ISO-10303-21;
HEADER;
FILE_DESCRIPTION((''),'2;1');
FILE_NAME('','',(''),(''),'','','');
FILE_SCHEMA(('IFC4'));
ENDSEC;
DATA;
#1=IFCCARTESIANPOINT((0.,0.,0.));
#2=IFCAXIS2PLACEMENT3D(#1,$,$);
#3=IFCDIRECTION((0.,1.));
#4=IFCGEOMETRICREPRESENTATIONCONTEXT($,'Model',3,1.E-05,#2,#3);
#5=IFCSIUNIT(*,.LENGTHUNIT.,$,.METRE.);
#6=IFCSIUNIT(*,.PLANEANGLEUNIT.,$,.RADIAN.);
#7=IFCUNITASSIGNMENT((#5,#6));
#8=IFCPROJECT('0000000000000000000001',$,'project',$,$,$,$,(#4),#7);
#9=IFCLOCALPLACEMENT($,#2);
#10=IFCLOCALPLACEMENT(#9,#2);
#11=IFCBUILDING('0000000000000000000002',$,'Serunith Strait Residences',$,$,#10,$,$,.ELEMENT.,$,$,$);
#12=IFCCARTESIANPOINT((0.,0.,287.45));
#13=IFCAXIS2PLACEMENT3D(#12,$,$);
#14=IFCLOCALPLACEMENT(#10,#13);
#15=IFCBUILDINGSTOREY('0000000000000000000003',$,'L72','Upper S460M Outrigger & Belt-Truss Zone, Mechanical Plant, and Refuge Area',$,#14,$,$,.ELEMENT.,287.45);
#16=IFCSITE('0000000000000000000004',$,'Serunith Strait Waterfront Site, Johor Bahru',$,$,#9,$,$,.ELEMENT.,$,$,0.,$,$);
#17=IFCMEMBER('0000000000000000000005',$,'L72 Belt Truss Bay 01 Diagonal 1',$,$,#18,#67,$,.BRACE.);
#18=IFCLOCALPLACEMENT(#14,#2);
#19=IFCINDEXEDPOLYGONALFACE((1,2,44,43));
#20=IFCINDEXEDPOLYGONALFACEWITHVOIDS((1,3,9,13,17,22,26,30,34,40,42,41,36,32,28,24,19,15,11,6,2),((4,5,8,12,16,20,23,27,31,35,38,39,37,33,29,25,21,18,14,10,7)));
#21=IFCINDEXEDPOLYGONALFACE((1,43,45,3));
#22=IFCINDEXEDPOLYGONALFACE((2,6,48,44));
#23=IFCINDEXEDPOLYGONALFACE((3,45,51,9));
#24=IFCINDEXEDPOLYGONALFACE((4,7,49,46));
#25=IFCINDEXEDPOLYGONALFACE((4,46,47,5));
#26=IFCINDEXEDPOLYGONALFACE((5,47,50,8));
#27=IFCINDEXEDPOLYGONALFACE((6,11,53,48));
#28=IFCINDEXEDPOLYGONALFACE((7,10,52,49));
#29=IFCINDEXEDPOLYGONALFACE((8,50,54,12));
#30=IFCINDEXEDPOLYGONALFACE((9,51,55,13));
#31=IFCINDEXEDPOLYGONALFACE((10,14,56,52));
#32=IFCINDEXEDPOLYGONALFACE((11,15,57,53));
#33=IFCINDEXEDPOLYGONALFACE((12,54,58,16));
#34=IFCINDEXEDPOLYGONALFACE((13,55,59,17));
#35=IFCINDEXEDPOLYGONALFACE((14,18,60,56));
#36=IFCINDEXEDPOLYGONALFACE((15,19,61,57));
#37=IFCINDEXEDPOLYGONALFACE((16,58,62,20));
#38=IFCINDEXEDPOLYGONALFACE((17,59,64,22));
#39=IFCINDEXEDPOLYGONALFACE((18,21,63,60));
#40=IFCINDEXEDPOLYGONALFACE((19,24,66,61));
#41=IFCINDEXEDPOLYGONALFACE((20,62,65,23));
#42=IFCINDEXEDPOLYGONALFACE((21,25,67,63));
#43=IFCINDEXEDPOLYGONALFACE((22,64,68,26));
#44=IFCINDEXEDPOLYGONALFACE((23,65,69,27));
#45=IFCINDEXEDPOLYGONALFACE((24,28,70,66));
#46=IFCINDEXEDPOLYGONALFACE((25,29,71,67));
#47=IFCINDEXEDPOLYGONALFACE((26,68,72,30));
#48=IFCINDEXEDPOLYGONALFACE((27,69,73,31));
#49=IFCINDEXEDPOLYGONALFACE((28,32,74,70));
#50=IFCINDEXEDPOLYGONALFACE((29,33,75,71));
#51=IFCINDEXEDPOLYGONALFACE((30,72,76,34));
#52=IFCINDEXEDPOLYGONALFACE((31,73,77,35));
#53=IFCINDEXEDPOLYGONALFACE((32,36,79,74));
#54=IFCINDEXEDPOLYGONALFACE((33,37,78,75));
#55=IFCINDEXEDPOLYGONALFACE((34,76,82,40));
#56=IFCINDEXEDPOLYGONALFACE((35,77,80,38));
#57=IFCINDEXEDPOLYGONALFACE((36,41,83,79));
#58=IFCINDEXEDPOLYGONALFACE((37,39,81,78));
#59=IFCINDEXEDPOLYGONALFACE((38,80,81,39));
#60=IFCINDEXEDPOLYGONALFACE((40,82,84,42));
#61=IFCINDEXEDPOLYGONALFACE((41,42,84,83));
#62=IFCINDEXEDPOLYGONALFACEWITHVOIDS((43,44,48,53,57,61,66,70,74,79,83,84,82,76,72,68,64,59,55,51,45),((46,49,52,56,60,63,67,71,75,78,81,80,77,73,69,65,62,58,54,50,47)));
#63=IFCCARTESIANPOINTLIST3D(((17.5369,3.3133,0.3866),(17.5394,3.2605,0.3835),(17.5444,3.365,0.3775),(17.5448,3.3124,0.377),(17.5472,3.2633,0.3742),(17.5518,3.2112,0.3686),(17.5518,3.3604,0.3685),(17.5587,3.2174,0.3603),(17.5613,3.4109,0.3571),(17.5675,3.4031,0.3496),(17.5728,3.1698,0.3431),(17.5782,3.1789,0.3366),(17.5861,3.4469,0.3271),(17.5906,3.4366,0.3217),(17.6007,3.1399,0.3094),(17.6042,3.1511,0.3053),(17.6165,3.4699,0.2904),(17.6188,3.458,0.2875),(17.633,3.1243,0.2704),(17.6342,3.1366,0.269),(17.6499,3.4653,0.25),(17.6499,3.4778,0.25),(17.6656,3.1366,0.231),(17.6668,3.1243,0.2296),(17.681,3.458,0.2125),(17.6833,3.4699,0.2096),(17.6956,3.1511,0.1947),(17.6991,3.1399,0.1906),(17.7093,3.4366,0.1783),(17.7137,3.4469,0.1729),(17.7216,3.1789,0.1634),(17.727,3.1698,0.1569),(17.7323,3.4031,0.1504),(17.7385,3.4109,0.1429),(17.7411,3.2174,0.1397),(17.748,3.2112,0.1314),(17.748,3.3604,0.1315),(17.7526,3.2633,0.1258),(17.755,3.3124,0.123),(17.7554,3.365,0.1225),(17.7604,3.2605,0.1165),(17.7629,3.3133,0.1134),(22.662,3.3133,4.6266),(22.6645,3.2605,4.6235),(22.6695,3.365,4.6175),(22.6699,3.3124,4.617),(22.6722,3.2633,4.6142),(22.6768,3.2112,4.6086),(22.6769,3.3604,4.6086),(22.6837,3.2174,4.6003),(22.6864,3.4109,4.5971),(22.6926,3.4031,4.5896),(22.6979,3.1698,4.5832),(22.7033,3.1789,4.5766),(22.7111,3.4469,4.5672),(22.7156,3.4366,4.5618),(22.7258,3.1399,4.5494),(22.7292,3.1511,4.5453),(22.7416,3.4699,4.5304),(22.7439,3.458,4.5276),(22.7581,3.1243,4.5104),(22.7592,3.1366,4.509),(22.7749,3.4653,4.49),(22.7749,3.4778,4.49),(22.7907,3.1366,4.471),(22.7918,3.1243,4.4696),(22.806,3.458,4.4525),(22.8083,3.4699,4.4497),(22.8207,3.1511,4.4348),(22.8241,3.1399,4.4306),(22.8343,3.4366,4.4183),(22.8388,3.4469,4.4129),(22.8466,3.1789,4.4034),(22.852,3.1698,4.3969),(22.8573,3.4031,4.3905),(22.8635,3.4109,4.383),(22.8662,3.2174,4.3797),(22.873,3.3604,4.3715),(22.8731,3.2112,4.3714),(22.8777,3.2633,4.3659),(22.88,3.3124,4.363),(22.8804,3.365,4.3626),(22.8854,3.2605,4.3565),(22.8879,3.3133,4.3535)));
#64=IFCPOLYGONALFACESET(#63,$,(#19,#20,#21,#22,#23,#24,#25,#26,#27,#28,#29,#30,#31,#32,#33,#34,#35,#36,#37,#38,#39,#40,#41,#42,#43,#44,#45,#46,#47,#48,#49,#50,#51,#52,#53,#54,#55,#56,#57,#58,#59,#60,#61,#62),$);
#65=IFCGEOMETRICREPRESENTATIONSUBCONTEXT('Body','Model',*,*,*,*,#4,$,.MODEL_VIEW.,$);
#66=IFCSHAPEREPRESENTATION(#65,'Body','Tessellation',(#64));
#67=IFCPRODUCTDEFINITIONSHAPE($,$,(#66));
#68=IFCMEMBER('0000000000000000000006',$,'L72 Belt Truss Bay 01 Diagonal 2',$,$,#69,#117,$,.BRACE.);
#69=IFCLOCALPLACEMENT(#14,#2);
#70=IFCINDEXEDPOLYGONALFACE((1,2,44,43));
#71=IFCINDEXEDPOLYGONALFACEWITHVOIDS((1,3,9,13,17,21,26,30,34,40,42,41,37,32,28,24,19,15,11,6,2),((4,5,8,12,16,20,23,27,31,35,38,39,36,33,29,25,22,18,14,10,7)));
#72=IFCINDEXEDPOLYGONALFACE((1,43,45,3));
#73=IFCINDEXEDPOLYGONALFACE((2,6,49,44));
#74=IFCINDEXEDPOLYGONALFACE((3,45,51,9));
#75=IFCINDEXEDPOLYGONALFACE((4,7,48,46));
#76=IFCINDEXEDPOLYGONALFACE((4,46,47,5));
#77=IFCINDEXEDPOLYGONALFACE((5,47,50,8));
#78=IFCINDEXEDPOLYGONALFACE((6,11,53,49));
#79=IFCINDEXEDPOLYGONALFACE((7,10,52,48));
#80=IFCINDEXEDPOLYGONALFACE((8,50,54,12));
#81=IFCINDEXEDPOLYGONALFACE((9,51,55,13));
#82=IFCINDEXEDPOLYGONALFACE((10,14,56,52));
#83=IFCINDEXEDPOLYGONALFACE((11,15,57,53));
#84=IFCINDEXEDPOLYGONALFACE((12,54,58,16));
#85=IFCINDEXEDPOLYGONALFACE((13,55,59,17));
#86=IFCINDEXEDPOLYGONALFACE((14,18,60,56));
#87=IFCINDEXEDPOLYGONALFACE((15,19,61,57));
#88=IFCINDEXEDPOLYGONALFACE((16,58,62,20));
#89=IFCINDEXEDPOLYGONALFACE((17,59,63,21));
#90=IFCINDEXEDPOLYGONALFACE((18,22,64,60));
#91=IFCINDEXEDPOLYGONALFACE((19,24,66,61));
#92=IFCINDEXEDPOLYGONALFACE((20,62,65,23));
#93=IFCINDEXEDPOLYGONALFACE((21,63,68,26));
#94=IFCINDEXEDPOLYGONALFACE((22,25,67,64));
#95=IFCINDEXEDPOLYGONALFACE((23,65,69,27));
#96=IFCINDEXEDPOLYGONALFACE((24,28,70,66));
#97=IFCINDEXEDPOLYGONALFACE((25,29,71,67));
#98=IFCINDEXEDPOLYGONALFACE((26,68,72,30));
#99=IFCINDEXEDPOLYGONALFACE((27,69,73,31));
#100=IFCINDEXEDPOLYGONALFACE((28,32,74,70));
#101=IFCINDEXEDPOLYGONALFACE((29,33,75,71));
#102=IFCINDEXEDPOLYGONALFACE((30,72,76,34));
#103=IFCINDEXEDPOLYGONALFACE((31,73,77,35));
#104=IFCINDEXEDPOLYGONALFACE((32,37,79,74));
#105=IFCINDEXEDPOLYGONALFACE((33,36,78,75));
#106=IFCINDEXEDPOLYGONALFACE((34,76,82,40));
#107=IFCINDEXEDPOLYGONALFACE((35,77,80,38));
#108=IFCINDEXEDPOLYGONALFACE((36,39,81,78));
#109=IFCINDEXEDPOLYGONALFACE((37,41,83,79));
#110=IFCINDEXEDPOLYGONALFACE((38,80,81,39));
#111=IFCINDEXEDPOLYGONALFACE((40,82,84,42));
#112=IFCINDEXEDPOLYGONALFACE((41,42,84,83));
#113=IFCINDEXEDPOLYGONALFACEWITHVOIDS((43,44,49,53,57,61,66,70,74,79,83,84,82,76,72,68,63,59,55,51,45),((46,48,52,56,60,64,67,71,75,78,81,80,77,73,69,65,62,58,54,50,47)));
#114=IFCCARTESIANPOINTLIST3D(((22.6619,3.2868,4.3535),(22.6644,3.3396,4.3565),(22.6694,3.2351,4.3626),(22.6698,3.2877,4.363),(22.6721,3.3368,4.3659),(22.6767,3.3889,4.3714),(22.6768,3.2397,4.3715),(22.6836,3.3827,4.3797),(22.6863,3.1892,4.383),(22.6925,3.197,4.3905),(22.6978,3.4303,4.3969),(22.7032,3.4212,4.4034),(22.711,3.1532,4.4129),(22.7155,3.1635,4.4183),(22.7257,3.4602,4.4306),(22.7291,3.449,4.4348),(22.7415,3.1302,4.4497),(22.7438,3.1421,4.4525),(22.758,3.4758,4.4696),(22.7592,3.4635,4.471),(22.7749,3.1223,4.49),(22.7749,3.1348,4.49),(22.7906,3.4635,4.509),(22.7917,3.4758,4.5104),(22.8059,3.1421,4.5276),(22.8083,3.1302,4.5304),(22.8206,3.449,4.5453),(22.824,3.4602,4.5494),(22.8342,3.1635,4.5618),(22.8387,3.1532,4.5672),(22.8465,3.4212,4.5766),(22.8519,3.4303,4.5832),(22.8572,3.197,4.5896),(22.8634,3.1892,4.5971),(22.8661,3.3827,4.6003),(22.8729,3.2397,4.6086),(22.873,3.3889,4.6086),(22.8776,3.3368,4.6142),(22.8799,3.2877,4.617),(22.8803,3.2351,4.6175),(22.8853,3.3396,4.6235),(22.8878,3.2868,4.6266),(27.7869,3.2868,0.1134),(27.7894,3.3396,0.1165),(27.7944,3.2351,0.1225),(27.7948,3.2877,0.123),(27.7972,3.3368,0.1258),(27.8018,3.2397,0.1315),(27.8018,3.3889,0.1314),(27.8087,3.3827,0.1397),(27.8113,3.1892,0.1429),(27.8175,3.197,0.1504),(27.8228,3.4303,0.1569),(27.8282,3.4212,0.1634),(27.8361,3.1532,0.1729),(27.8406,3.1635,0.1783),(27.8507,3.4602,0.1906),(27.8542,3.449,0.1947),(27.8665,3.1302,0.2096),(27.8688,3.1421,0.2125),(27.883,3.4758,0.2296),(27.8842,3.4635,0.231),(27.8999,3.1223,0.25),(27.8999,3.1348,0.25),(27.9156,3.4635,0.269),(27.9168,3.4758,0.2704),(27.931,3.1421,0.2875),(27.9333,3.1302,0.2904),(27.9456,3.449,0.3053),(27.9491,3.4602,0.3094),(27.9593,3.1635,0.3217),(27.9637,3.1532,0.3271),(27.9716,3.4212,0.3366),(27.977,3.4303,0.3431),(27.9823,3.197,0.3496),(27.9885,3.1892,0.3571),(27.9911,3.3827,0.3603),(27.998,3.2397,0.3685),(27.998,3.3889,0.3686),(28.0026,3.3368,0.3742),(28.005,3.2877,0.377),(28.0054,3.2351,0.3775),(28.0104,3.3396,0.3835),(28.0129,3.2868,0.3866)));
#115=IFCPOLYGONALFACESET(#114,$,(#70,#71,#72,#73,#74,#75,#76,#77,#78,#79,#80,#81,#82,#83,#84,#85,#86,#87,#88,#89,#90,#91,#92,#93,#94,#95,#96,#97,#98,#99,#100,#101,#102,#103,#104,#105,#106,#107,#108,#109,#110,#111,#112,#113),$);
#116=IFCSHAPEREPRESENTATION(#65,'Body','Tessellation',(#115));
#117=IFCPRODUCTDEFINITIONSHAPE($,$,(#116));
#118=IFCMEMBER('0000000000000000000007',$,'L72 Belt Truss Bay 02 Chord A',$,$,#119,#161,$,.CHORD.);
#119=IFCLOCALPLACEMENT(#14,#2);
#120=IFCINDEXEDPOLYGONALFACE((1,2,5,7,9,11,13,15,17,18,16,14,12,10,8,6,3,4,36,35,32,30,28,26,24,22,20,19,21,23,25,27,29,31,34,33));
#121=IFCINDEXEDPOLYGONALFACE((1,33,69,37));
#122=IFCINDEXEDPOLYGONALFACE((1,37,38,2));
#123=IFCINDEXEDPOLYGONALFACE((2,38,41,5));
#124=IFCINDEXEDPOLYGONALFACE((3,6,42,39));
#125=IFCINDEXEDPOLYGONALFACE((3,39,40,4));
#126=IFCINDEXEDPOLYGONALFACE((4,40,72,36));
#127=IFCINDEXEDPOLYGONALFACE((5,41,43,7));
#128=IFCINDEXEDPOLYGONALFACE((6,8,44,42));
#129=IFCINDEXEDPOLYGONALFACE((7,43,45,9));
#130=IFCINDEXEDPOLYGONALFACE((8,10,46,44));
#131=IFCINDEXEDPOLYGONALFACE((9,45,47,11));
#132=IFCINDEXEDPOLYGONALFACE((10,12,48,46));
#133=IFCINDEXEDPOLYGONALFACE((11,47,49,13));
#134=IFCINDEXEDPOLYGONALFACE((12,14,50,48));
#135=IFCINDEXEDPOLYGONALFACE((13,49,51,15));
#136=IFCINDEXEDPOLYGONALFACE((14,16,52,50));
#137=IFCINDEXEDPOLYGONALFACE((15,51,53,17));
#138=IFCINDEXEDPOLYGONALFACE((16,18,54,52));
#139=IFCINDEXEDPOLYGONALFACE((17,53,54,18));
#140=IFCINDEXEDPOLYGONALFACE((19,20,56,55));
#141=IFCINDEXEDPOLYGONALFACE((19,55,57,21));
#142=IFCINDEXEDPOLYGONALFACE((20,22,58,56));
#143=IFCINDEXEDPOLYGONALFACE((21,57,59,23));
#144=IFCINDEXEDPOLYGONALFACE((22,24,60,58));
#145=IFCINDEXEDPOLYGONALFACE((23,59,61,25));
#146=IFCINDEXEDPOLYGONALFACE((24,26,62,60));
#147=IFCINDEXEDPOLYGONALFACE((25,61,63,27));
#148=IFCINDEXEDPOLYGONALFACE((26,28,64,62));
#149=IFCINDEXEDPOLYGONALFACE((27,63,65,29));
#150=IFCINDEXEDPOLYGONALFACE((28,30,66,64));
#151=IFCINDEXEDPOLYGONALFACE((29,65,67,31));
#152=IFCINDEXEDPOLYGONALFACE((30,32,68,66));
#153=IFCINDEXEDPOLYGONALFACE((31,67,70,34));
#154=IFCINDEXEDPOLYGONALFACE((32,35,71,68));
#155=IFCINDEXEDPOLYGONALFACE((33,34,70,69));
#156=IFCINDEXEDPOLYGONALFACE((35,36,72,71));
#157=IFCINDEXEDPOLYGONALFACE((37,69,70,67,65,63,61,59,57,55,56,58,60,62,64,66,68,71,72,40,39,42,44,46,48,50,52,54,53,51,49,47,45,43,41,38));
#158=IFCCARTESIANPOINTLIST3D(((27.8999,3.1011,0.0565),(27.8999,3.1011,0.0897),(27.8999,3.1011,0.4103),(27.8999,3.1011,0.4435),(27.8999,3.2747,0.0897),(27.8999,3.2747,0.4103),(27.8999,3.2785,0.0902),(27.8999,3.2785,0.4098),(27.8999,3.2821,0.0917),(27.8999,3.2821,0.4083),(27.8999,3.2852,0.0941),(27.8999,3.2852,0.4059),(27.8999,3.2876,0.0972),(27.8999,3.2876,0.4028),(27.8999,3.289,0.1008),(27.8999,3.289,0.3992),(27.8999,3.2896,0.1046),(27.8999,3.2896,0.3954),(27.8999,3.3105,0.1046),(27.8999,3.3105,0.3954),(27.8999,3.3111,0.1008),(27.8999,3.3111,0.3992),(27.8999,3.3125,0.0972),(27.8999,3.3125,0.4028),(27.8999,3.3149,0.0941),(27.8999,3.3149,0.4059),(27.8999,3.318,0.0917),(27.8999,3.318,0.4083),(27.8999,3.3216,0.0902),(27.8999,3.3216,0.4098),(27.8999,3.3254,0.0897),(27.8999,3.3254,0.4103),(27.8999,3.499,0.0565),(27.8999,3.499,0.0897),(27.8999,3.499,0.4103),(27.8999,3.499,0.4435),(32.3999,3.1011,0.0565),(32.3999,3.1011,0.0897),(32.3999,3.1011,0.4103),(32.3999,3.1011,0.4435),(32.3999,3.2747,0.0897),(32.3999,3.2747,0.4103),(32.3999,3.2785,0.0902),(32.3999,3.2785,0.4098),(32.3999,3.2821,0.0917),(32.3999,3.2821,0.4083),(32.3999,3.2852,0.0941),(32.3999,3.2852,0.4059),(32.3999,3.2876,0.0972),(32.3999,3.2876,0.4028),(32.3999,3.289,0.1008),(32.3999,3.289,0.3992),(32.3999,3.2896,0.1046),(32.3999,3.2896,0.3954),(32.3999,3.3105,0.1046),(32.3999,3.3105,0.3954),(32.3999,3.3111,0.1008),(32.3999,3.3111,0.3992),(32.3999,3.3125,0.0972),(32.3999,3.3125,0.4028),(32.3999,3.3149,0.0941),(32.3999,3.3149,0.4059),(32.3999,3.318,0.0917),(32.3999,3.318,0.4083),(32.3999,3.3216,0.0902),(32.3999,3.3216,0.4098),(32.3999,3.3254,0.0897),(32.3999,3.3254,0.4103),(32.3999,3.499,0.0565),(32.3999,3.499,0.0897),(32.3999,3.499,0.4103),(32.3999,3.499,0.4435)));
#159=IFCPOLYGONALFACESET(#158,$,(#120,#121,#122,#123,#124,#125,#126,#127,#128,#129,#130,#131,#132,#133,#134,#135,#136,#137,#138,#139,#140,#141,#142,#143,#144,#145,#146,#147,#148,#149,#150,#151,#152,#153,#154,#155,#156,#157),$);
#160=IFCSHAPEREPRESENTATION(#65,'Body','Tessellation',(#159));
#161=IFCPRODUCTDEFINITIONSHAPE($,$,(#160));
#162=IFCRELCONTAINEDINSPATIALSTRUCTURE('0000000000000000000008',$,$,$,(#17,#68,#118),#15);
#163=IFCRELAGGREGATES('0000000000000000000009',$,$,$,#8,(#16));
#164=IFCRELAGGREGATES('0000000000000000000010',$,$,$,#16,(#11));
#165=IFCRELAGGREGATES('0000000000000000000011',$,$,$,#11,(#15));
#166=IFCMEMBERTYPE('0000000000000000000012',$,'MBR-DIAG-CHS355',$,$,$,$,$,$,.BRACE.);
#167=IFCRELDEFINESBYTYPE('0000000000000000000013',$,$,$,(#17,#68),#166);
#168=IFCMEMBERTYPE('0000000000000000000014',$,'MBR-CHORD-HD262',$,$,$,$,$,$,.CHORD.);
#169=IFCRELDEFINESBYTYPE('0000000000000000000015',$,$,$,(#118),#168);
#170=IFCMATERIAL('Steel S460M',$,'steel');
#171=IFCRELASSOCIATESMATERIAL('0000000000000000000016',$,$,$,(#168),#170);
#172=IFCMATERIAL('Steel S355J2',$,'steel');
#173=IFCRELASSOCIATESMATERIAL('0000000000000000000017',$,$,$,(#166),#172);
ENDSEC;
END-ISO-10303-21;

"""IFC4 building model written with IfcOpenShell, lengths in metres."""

from ifc_helpers import new_model, si_unit, direction, frame, origin, origin_2d, place, context, subcontext, project, spatial, hollow_circle, i_section, extrude, source, transform, mapped, material, material_profile, profile_set, type_object, element, save


model = new_model("IFC4")

# Units and contexts
model_context = context("Model", 3, precision=1e-05, world=origin(), true_north=direction((0.0, 1.0)))
body_context = subcontext(model_context, "Body", "Model", "MODEL_VIEW")
ifc_project = project(units=[si_unit("LENGTHUNIT", "METRE"), si_unit("PLANEANGLEUNIT", "RADIAN")], contexts=[model_context])

# Site, building, storey
site_placement = place(None, origin())
site = spatial("IfcSite", under=ifc_project, at=site_placement, Name="Serunith Strait Waterfront Site, Johor Bahru", CompositionType="ELEMENT", RefElevation=0.0)
building_placement = place(site_placement, origin())
building = spatial("IfcBuilding", under=site, at=building_placement, Name="Serunith Strait Residences", CompositionType="ELEMENT")
storey_placement = place(building_placement, frame((0.0, 0.0, 287.45)))
storey = spatial("IfcBuildingStorey", under=building, at=storey_placement, Name="L72", Description="Upper S460M Outrigger & Belt-Truss Zone, Mechanical Plant, and Refuge Area", CompositionType="ELEMENT", Elevation=287.45)

# Shared definitions
ifc_material_1 = material(Name="Steel S355J2", Category="steel")

# Members
ifc_material_2 = material(Name="Steel S460M", Category="steel")
ifc_material_profile_1 = material_profile(ifc_material_2, i_section(OverallWidth=0.3979, OverallDepth=0.387, WebThickness=0.021, FlangeThickness=0.0332, FilletRadius=0.0149, at=origin_2d()), Name="HD 400x262")
ifc_profile_set_1 = profile_set([ifc_material_profile_1], Name="Steel S460M")
member_type_1 = type_object("IfcMemberType", Name="MBR-CHORD-HD262", PredefinedType="CHORD", material=ifc_profile_set_1)
ifc_material_profile_2 = material_profile(ifc_material_1, hollow_circle(Radius=0.1777, WallThickness=0.0125, at=origin_2d()), Name="CHS 355.6x12.5")
ifc_profile_set_2 = profile_set([ifc_material_profile_2], Name="Steel S355J2")
member_type_2 = type_object("IfcMemberType", Name="MBR-DIAG-CHS355", PredefinedType="BRACE", material=ifc_profile_set_2)
shared_shape_1 = source(origin(), body_context, "Body", "SweptSolid", [
    extrude(hollow_circle(Radius=0.1777, WallThickness=0.0125, at=origin_2d()), origin(), (0.0, 0.0, 1.0), 6.6516),
])
for number, where, z_axis, x_axis, name in (
    (1, (17.6499, 3.3, 0.25), (0.770497, 0.0, 0.637444), (0.0, 1.0, 0.0), "L72 Belt Truss Bay 01 Diagonal 1"),
    (2, (27.8999, 3.3, 0.25), (-0.770497, 0.0, 0.637444), (0.0, -1.0, 0.0), "L72 Belt Truss Bay 01 Diagonal 2"),
):
    element("IfcMember", number, at=place(storey_placement, frame(where, z_axis=z_axis, x_axis=x_axis)), inside=storey, type_object=member_type_2, Name=name, PredefinedType="BRACE", context=body_context, shape_type="MappedRepresentation", body=[
        mapped(shared_shape_1, transform((0.0, 0.0, 0.0), scale=1.0)),
    ])
shared_shape_2 = source(origin(), body_context, "Body", "SweptSolid", [
    extrude(i_section(OverallWidth=0.3979, OverallDepth=0.387, WebThickness=0.021, FlangeThickness=0.0332, FilletRadius=0.0149, at=origin_2d()), origin(), (0.0, 0.0, 1.0), 4.5),
])
member_1_placement = place(storey_placement, frame((27.8999, 3.3, 0.25), z_axis=(1.0, 0.0, 0.0), x_axis=(0.0, 1.0, 0.0)))
element("IfcMember", 3, at=member_1_placement, inside=storey, type_object=member_type_1, Name="L72 Belt Truss Bay 02 Chord A", PredefinedType="CHORD", context=body_context, shape_type="MappedRepresentation", body=[
    mapped(shared_shape_2, transform((0.0, 0.0, 0.0), scale=1.0)),
])

save(model, "model.ifc")
